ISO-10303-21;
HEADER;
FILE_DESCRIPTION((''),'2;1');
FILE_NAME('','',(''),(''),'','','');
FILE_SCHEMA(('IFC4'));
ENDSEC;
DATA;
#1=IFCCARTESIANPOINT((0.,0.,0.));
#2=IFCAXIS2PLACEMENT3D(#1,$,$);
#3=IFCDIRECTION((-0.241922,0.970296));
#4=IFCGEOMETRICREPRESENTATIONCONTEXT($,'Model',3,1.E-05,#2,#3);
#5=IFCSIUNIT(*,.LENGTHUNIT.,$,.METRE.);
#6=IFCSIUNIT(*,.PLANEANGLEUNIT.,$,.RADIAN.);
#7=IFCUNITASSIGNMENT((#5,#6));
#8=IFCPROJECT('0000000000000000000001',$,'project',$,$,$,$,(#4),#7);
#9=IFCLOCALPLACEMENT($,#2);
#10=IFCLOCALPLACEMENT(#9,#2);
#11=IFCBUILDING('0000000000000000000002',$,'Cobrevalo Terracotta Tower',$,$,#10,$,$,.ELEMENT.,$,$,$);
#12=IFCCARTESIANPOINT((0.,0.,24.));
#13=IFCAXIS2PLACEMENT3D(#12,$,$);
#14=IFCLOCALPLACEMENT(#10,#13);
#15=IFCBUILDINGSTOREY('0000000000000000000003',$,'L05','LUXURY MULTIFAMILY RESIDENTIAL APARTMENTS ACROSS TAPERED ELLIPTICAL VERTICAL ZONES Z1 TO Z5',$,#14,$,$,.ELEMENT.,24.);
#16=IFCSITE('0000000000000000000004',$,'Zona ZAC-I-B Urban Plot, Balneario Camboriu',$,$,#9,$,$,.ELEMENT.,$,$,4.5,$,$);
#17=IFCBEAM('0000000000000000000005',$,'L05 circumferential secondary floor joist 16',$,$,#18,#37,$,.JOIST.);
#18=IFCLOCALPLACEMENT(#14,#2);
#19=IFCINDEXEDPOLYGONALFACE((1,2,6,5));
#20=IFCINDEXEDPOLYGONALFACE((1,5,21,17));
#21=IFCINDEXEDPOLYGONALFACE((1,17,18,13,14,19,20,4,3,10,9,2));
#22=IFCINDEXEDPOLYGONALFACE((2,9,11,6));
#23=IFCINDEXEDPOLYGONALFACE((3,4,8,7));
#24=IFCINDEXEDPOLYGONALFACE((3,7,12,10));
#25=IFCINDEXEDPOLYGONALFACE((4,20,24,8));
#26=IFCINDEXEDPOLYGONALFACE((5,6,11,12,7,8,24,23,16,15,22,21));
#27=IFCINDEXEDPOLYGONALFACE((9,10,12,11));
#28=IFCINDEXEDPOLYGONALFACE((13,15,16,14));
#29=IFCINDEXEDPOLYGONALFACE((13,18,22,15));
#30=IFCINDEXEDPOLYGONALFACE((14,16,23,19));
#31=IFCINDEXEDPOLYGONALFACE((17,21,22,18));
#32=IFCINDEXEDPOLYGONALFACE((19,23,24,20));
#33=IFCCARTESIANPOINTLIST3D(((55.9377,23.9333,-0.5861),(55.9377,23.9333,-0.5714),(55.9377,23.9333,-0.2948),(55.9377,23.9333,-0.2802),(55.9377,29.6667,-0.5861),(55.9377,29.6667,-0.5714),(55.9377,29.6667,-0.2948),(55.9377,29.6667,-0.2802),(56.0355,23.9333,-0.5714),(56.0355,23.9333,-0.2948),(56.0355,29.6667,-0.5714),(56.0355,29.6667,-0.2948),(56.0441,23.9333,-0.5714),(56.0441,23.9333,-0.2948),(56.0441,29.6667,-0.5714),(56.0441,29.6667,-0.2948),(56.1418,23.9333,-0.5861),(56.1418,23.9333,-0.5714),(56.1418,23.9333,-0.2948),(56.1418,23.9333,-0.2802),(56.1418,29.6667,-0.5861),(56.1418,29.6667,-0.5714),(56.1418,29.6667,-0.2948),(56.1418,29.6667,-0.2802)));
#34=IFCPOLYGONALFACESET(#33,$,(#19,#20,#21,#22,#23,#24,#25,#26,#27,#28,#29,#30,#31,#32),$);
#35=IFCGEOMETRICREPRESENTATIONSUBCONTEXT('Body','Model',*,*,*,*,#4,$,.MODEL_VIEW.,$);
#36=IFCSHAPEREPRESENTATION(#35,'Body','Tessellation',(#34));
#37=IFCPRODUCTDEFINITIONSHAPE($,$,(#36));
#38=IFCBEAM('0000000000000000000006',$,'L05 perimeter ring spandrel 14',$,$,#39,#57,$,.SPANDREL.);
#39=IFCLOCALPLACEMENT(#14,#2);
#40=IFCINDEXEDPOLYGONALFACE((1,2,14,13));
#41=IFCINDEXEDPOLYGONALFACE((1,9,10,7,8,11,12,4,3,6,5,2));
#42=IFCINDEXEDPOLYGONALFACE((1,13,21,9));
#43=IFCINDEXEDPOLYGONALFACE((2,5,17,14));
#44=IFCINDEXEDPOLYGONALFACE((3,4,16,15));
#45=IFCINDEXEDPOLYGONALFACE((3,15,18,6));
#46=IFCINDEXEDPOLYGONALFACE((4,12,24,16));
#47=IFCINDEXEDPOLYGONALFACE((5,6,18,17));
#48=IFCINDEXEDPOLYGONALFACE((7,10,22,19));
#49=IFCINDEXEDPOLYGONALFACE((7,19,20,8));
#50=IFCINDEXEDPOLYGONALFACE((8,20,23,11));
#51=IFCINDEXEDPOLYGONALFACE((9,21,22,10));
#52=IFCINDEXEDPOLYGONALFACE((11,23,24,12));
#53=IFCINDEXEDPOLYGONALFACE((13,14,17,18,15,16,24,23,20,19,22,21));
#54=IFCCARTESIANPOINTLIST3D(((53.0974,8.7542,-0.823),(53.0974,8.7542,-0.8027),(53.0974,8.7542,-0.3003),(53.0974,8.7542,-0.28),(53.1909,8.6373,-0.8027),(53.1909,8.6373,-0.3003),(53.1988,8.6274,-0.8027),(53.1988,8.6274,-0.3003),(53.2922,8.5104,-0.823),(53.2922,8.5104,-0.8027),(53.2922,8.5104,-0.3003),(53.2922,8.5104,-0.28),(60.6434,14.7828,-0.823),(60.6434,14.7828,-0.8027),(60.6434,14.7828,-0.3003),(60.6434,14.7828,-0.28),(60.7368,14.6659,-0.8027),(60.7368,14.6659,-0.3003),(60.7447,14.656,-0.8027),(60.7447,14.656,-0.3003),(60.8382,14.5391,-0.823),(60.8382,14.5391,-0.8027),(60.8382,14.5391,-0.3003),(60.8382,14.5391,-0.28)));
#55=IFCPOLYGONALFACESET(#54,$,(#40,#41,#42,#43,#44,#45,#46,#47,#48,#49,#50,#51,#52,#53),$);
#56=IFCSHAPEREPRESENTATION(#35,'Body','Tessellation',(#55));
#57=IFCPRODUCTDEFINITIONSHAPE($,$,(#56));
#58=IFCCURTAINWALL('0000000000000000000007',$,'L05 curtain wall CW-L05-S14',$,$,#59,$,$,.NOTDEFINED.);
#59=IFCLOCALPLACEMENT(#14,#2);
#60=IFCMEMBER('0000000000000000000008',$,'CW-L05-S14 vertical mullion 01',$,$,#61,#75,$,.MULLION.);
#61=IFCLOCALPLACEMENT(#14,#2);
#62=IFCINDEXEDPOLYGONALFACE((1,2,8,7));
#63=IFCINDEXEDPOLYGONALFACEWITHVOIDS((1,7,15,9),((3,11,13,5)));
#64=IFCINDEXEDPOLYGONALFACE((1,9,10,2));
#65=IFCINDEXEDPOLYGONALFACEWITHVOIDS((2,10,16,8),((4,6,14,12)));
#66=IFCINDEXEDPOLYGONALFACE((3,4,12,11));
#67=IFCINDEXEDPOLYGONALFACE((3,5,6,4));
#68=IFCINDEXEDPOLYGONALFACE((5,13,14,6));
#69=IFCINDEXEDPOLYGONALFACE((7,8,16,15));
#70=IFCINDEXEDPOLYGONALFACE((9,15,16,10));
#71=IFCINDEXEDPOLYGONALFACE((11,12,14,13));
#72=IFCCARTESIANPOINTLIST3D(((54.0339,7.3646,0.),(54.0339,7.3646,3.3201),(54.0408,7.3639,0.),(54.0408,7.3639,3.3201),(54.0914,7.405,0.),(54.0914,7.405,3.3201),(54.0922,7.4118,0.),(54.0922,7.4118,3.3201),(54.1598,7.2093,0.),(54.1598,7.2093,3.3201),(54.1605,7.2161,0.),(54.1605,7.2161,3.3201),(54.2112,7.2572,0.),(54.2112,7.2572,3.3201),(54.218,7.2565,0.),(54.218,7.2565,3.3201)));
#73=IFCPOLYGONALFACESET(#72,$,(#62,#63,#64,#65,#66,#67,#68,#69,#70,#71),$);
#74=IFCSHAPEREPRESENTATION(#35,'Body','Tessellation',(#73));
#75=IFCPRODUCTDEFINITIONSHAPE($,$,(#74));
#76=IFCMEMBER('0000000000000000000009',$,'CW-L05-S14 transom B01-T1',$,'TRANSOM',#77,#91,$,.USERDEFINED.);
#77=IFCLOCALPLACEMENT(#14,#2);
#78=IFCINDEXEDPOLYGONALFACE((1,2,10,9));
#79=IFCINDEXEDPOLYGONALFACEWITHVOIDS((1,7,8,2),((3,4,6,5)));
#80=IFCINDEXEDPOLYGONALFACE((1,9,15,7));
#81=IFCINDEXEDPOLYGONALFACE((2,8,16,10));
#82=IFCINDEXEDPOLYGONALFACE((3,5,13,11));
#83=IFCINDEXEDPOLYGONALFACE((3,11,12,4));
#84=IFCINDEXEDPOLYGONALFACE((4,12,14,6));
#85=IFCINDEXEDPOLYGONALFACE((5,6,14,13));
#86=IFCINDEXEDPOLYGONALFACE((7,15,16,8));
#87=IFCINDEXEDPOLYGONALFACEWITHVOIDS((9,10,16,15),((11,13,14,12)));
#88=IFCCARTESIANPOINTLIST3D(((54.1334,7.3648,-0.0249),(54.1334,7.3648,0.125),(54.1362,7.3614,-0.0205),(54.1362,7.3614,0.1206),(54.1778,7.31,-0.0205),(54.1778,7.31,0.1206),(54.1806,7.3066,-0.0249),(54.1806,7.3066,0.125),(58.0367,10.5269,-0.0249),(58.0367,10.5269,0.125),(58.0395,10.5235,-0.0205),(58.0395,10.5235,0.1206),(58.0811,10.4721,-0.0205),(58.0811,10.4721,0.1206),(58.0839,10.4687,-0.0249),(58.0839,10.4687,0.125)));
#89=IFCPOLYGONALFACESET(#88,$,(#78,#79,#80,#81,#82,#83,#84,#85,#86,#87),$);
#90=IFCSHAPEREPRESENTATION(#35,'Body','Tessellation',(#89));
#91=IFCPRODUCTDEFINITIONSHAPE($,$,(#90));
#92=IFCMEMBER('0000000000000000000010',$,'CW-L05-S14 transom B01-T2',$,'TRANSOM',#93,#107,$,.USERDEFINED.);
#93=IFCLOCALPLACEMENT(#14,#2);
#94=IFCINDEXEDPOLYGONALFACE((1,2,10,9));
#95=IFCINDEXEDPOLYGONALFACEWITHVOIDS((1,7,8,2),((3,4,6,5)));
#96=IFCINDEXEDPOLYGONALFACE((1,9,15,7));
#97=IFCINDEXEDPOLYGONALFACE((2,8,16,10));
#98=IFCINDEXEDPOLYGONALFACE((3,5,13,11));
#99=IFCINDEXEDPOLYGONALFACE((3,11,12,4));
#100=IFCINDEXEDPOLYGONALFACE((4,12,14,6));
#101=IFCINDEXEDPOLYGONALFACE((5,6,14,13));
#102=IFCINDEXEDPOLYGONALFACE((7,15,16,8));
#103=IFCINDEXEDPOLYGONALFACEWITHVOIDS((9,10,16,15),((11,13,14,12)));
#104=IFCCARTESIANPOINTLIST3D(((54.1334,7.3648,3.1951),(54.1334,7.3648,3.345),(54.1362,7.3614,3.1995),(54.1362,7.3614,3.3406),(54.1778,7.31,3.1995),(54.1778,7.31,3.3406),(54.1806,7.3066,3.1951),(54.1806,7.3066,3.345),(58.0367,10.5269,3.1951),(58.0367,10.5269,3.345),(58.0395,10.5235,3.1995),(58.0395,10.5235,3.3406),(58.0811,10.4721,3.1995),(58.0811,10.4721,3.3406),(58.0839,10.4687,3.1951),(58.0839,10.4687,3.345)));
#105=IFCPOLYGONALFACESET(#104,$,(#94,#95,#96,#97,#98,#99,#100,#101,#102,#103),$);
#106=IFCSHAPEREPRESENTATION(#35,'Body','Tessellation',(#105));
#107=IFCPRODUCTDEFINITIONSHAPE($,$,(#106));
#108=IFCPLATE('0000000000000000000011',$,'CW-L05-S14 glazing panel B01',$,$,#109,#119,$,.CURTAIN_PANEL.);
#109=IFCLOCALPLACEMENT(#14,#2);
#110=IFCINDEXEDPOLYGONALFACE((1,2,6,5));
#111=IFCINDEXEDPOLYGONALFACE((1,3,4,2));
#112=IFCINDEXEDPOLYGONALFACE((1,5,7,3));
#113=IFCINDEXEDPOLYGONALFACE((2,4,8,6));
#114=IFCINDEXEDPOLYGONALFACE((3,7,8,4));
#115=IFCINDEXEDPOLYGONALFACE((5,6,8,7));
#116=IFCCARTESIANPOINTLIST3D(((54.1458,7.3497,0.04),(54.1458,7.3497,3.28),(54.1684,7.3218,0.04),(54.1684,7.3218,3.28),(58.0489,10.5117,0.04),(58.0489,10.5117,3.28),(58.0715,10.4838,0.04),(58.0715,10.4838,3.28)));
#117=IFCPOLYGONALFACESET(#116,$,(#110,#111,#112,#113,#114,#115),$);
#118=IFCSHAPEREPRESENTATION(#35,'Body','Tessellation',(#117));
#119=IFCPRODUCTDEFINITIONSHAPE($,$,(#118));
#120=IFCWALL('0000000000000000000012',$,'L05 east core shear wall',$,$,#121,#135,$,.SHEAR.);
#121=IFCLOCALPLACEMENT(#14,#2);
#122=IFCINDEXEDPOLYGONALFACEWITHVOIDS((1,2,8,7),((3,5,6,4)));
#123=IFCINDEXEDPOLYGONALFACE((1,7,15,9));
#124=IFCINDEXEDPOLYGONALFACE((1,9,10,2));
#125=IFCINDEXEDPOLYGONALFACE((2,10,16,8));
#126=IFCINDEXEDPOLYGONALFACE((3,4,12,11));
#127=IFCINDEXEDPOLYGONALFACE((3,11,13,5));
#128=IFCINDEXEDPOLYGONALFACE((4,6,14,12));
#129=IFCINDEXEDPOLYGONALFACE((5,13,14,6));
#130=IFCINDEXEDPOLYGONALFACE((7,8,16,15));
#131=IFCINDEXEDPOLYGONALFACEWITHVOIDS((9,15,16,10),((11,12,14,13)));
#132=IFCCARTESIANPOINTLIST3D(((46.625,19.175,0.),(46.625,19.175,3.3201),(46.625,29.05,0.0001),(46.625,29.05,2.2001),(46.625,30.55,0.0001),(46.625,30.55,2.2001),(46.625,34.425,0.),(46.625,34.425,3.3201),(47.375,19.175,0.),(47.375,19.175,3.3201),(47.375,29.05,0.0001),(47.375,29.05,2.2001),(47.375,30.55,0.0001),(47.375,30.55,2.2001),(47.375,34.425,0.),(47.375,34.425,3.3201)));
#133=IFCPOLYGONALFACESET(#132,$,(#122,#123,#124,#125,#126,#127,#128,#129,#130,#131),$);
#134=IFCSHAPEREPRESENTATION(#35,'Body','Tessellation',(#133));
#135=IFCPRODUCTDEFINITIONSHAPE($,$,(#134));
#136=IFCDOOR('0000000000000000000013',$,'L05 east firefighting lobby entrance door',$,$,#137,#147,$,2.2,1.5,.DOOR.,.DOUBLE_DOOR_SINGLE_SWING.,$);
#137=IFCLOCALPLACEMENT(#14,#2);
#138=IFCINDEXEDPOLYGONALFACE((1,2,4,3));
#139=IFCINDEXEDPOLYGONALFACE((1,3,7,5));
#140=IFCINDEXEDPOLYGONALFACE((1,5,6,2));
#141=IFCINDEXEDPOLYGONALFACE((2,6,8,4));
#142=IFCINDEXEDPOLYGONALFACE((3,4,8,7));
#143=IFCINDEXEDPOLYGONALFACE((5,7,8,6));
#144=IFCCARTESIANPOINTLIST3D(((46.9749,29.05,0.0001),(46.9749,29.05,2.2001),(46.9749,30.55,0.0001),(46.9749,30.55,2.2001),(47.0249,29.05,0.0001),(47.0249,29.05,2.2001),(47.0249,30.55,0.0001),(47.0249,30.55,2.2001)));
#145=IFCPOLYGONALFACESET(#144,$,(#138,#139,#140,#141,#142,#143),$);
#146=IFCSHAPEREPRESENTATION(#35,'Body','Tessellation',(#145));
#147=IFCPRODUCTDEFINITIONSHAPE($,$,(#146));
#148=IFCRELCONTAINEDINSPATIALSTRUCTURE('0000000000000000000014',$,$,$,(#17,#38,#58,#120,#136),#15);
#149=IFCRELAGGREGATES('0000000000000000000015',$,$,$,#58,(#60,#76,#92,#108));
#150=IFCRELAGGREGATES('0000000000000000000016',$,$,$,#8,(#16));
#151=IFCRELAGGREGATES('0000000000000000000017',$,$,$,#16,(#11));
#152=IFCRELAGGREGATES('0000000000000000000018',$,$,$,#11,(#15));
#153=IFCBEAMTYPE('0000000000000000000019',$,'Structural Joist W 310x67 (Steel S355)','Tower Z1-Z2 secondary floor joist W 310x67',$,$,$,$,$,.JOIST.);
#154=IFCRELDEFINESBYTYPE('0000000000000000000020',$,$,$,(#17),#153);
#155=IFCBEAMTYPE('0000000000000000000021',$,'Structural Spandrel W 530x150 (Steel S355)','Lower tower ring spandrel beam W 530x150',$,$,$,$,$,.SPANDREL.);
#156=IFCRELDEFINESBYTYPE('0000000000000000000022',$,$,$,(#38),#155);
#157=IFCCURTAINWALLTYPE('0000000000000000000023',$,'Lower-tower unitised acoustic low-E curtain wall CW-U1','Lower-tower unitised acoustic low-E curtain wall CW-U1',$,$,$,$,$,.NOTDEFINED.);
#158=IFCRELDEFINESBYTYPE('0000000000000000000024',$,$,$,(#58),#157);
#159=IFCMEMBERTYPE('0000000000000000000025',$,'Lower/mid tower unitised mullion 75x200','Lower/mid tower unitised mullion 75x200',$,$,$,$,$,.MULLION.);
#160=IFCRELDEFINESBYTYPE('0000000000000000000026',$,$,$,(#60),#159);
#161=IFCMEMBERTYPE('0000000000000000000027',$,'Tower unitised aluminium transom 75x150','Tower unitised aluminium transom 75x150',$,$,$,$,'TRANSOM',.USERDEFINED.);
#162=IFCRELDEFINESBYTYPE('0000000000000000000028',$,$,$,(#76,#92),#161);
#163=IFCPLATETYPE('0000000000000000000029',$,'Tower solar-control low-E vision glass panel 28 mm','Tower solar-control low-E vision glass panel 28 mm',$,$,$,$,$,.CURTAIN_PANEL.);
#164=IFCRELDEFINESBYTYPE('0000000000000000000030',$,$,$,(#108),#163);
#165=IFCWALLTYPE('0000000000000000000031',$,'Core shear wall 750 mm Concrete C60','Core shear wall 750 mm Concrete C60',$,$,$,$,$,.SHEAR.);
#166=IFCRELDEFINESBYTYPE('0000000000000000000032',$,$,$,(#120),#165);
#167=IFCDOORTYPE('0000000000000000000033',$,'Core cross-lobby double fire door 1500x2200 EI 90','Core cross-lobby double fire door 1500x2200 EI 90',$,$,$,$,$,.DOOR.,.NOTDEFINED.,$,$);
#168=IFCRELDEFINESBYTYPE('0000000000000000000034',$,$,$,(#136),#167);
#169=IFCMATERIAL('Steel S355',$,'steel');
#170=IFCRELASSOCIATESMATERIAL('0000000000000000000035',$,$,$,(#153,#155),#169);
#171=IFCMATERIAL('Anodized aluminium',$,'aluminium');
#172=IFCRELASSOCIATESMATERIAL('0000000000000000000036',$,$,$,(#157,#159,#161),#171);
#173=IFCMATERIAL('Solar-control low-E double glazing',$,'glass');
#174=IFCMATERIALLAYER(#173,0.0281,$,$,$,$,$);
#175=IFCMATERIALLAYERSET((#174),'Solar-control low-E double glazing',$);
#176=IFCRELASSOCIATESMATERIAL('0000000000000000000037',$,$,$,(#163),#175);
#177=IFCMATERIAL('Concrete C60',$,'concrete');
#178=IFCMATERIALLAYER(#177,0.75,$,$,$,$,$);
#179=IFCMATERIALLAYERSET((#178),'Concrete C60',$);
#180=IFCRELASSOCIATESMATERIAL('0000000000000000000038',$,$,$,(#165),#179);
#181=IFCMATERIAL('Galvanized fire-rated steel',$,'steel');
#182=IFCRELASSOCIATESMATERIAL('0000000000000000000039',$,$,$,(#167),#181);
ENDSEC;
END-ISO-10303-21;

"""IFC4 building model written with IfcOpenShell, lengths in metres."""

from ifc_helpers import new_model, si_unit, direction, frame, frame_2d, origin, origin_2d, place, context, subcontext, project, spatial, rectangle, hollow_rectangle, i_section, extrude, source, transform, mapped, material, layer, layer_set, material_profile, profile_set, type_object, element, fill, aggregate, save


model = new_model("IFC4")

# Units and contexts
model_context = context("Model", 3, precision=1e-05, world=origin(), true_north=direction((-0.241922, 0.970296)))
body_context = subcontext(model_context, "Body", "Model", "MODEL_VIEW")
ifc_project = project(units=[si_unit("LENGTHUNIT", "METRE"), si_unit("PLANEANGLEUNIT", "RADIAN")], contexts=[model_context])

# Site, building, storey
site_placement = place(None, origin())
site = spatial("IfcSite", under=ifc_project, at=site_placement, Name="Zona ZAC-I-B Urban Plot, Balneario Camboriu", CompositionType="ELEMENT", RefElevation=4.5)
building_placement = place(site_placement, origin())
building = spatial("IfcBuilding", under=site, at=building_placement, Name="Cobrevalo Terracotta Tower", CompositionType="ELEMENT")
storey_placement = place(building_placement, frame((0.0, 0.0, 24.0)))
storey = spatial("IfcBuildingStorey", under=building, at=storey_placement, Name="L05", Description="LUXURY MULTIFAMILY RESIDENTIAL APARTMENTS ACROSS TAPERED ELLIPTICAL VERTICAL ZONES Z1 TO Z5", CompositionType="ELEMENT", Elevation=24.0)

# Shared definitions
ifc_material_1 = material(Name="Steel S355", Category="steel")
ifc_material_2 = material(Name="Concrete C60", Category="concrete")

# Beams
ifc_material_profile_1 = material_profile(ifc_material_1, i_section(OverallWidth=0.2041, OverallDepth=0.3059, WebThickness=0.0085, FlangeThickness=0.0146, at=origin_2d()), Name="W 310x67")
ifc_profile_set_1 = profile_set([ifc_material_profile_1], Name="Steel S355")
beam_type_1 = type_object("IfcBeamType", Name="Structural Joist W 310x67 (Steel S355)", Description="Tower Z1-Z2 secondary floor joist W 310x67", PredefinedType="JOIST", material=ifc_profile_set_1)
beam_1_placement = place(storey_placement, frame((56.0398, 23.9333, -0.4331), z_axis=(0.0, 1.0, 0.0), x_axis=(-1.0, 0.0, 0.0)))
element("IfcBeam", 1, at=beam_1_placement, inside=storey, type_object=beam_type_1, Name="L05 circumferential secondary floor joist 16", PredefinedType="JOIST", context=body_context, shape_type="SweptSolid", body=[
    extrude(i_section(OverallWidth=0.2041, OverallDepth=0.3059, WebThickness=0.0085, FlangeThickness=0.0146, at=origin_2d()), origin(), (0.0, 0.0, 1.0), 5.7334),
])
ifc_material_profile_2 = material_profile(ifc_material_1, i_section(OverallWidth=0.312, OverallDepth=0.543, WebThickness=0.0127, FlangeThickness=0.0203, at=origin_2d()), Name="W 530x150")
ifc_profile_set_2 = profile_set([ifc_material_profile_2], Name="Steel S355")
beam_type_2 = type_object("IfcBeamType", Name="Structural Spandrel W 530x150 (Steel S355)", Description="Lower tower ring spandrel beam W 530x150", PredefinedType="SPANDREL", material=ifc_profile_set_2)
beam_2_placement = place(storey_placement, frame((53.1948, 8.6323, -0.5515), z_axis=(0.78128, 0.62418, 0.0), x_axis=(-0.62418, 0.78128, 0.0)))
element("IfcBeam", 2, at=beam_2_placement, inside=storey, type_object=beam_type_2, Name="L05 perimeter ring spandrel 14", PredefinedType="SPANDREL", context=body_context, shape_type="SweptSolid", body=[
    extrude(i_section(OverallWidth=0.312, OverallDepth=0.543, WebThickness=0.0127, FlangeThickness=0.0203, at=origin_2d()), origin(), (0.0, 0.0, 1.0), 9.6584),
])

# Curtain wall, members, plate
ifc_material_3 = material(Name="Anodized aluminium", Category="aluminium")
curtain_wall_type = type_object("IfcCurtainWallType", Name="Lower-tower unitised acoustic low-E curtain wall CW-U1", Description="Lower-tower unitised acoustic low-E curtain wall CW-U1", PredefinedType="NOTDEFINED", material=ifc_material_3)
curtain_wall_placement = place(storey_placement, origin())
curtain_wall = element("IfcCurtainWall", 3, at=curtain_wall_placement, inside=storey, type_object=curtain_wall_type, Name="L05 curtain wall CW-L05-S14", PredefinedType="NOTDEFINED")
ifc_material_profile_3 = material_profile(ifc_material_3, hollow_rectangle(XDim=0.075, YDim=0.2, WallThickness=0.0049, at=origin_2d()), Name="CWM 75x200")
ifc_profile_set_3 = profile_set([ifc_material_profile_3], Name="Anodized aluminium")
member_type_1 = type_object("IfcMemberType", Name="Lower/mid tower unitised mullion 75x200", Description="Lower/mid tower unitised mullion 75x200", PredefinedType="MULLION", material=ifc_profile_set_3)
shared_shape_1 = source(origin(), body_context, "Body", "SweptSolid", [
    extrude(hollow_rectangle(XDim=0.075, YDim=0.2, WallThickness=0.0049, at=origin_2d()), origin(), (0.0, 0.0, 1.0), 3.3201),
])
member_1_placement = place(storey_placement, frame((54.126, 7.3105, 0.0), z_axis=(0.0, 0.0, 1.0), x_axis=(0.777003, 0.629497, 0.0)))
member_1 = element("IfcMember", 4, at=member_1_placement, type_object=member_type_1, Name="CW-L05-S14 vertical mullion 01", PredefinedType="MULLION", context=body_context, shape_type="MappedRepresentation", body=[
    mapped(shared_shape_1, transform((0.0, 0.0, 0.0), scale=1.0)),
])
ifc_material_profile_4 = material_profile(ifc_material_3, hollow_rectangle(XDim=0.075, YDim=0.1499, WallThickness=0.0044, at=origin_2d()), Name="CWT 75x150")
ifc_profile_set_4 = profile_set([ifc_material_profile_4], Name="Anodized aluminium")
member_type_2 = type_object("IfcMemberType", Name="Tower unitised aluminium transom 75x150", Description="Tower unitised aluminium transom 75x150", ElementType="TRANSOM", PredefinedType="USERDEFINED", material=ifc_profile_set_4)
shared_shape_2 = source(origin(), body_context, "Body", "SweptSolid", [
    extrude(hollow_rectangle(XDim=0.075, YDim=0.1499, WallThickness=0.0044, at=origin_2d()), origin(), (0.0, 0.0, 1.0), 5.0234),
])
member_2_placement = place(storey_placement, frame((54.157, 7.3357, 0.05), z_axis=(0.777023, 0.629472, 0.0), x_axis=(-0.629472, 0.777023, 0.0)))
member_2 = element("IfcMember", 5, at=member_2_placement, type_object=member_type_2, Name="CW-L05-S14 transom B01-T1", ObjectType="TRANSOM", PredefinedType="USERDEFINED", context=body_context, shape_type="MappedRepresentation", body=[
    mapped(shared_shape_2, transform((0.0, 0.0, 0.0), scale=1.0)),
])
member_3_placement = place(storey_placement, frame((54.157, 7.3357, 3.27), z_axis=(0.777023, 0.629472, 0.0), x_axis=(-0.629472, 0.777023, 0.0)))
member_3 = element("IfcMember", 6, at=member_3_placement, type_object=member_type_2, Name="CW-L05-S14 transom B01-T2", ObjectType="TRANSOM", PredefinedType="USERDEFINED", context=body_context, shape_type="MappedRepresentation", body=[
    mapped(shared_shape_2, transform((0.0, 0.0, 0.0), scale=1.0)),
])
ifc_material_4 = material(Name="Solar-control low-E double glazing", Category="glass")
ifc_layer_1 = layer(ifc_material_4, 0.0281)
ifc_layer_set_1 = layer_set([ifc_layer_1], Name="Solar-control low-E double glazing")
plate_type = type_object("IfcPlateType", Name="Tower solar-control low-E vision glass panel 28 mm", Description="Tower solar-control low-E vision glass panel 28 mm", PredefinedType="CURTAIN_PANEL", material=ifc_layer_set_1)
shared_shape_3 = source(origin(), body_context, "Body", "SweptSolid", [
    extrude(rectangle(XDim=5.0232, YDim=0.0359, at=origin_2d()), origin(), (0.0, 0.0, 1.0), 3.24),
])
plate_placement = place(storey_placement, frame((56.1086, 8.9167, 0.04), z_axis=(0.0, 0.0, 1.0), x_axis=(0.777008, 0.629491, 0.0)))
plate = element("IfcPlate", 7, at=plate_placement, type_object=plate_type, Name="CW-L05-S14 glazing panel B01", PredefinedType="CURTAIN_PANEL", context=body_context, shape_type="MappedRepresentation", body=[
    mapped(shared_shape_3, transform((0.0, 0.0, 0.0), scale=1.0)),
])
aggregate(curtain_wall, [member_1, member_2, member_3, plate])

# Wall, opening, door
ifc_layer_2 = layer(ifc_material_2, 0.75)
ifc_layer_set_2 = layer_set([ifc_layer_2], Name="Concrete C60")
wall_type_1 = type_object("IfcWallType", Name="Core shear wall 750 mm Concrete C60", Description="Core shear wall 750 mm Concrete C60", PredefinedType="SHEAR", material=ifc_layer_set_2)
wall_1_placement = place(storey_placement, frame((47.0, 19.175, 0.0), z_axis=(0.0, 0.0, 1.0), x_axis=(0.0, 1.0, 0.0)))
wall_1 = element("IfcWall", 8, at=wall_1_placement, inside=storey, type_object=wall_type_1, Name="L05 east core shear wall", PredefinedType="SHEAR", context=body_context, shape_type="SweptSolid", body=[
    extrude(rectangle(XDim=15.25, YDim=0.75, at=frame_2d((7.625, 0.0))), origin(), (0.0, 0.0, 1.0), 3.3201),
])
opening_1_placement = place(wall_1_placement, frame((9.875, 0.0, 0.0)))
opening_1 = element("IfcOpeningElement", 9, at=opening_1_placement, cuts=wall_1, PredefinedType="OPENING", context=body_context, shape_type="SweptSolid", body=[
    extrude(rectangle(XDim=1.5, YDim=2.2, at=frame_2d((0.75, 1.1001))), frame((0.0, 0.385, 0.0), z_axis=(0.0, -1.0, 0.0), x_axis=(1.0, 0.0, 0.0)), (0.0, 0.0, 1.0), 0.77),
])
ifc_material_5 = material(Name="Galvanized fire-rated steel", Category="steel")
door_type_1 = type_object("IfcDoorType", Name="Core cross-lobby double fire door 1500x2200 EI 90", Description="Core cross-lobby double fire door 1500x2200 EI 90", OperationType="NOTDEFINED", PredefinedType="DOOR", material=ifc_material_5)
shared_shape_4 = source(origin(), body_context, "Body", "SweptSolid", [
    extrude(rectangle(XDim=1.5, YDim=2.2, at=frame_2d((0.75, 1.1001))), frame((0.0, 0.0249, 0.0), z_axis=(0.0, -1.0, 0.0), x_axis=(1.0, 0.0, 0.0)), (0.0, 0.0, 1.0), 0.05),
])
door_1_placement = place(opening_1_placement, frame((1.5, 0.0, 0.0), z_axis=(0.0, 0.0, 1.0), x_axis=(-1.0, 0.0, 0.0)))
door_1 = element("IfcDoor", 10, at=door_1_placement, inside=storey, type_object=door_type_1, Name="L05 east firefighting lobby entrance door", OperationType="DOUBLE_DOOR_SINGLE_SWING", OverallHeight=2.2, OverallWidth=1.5, PredefinedType="DOOR", context=body_context, shape_type="MappedRepresentation", body=[
    mapped(shared_shape_4, transform((0.0, 0.0, 0.0), scale=1.0)),
])
fill(opening_1, door_1)

save(model, "model.ifc")
